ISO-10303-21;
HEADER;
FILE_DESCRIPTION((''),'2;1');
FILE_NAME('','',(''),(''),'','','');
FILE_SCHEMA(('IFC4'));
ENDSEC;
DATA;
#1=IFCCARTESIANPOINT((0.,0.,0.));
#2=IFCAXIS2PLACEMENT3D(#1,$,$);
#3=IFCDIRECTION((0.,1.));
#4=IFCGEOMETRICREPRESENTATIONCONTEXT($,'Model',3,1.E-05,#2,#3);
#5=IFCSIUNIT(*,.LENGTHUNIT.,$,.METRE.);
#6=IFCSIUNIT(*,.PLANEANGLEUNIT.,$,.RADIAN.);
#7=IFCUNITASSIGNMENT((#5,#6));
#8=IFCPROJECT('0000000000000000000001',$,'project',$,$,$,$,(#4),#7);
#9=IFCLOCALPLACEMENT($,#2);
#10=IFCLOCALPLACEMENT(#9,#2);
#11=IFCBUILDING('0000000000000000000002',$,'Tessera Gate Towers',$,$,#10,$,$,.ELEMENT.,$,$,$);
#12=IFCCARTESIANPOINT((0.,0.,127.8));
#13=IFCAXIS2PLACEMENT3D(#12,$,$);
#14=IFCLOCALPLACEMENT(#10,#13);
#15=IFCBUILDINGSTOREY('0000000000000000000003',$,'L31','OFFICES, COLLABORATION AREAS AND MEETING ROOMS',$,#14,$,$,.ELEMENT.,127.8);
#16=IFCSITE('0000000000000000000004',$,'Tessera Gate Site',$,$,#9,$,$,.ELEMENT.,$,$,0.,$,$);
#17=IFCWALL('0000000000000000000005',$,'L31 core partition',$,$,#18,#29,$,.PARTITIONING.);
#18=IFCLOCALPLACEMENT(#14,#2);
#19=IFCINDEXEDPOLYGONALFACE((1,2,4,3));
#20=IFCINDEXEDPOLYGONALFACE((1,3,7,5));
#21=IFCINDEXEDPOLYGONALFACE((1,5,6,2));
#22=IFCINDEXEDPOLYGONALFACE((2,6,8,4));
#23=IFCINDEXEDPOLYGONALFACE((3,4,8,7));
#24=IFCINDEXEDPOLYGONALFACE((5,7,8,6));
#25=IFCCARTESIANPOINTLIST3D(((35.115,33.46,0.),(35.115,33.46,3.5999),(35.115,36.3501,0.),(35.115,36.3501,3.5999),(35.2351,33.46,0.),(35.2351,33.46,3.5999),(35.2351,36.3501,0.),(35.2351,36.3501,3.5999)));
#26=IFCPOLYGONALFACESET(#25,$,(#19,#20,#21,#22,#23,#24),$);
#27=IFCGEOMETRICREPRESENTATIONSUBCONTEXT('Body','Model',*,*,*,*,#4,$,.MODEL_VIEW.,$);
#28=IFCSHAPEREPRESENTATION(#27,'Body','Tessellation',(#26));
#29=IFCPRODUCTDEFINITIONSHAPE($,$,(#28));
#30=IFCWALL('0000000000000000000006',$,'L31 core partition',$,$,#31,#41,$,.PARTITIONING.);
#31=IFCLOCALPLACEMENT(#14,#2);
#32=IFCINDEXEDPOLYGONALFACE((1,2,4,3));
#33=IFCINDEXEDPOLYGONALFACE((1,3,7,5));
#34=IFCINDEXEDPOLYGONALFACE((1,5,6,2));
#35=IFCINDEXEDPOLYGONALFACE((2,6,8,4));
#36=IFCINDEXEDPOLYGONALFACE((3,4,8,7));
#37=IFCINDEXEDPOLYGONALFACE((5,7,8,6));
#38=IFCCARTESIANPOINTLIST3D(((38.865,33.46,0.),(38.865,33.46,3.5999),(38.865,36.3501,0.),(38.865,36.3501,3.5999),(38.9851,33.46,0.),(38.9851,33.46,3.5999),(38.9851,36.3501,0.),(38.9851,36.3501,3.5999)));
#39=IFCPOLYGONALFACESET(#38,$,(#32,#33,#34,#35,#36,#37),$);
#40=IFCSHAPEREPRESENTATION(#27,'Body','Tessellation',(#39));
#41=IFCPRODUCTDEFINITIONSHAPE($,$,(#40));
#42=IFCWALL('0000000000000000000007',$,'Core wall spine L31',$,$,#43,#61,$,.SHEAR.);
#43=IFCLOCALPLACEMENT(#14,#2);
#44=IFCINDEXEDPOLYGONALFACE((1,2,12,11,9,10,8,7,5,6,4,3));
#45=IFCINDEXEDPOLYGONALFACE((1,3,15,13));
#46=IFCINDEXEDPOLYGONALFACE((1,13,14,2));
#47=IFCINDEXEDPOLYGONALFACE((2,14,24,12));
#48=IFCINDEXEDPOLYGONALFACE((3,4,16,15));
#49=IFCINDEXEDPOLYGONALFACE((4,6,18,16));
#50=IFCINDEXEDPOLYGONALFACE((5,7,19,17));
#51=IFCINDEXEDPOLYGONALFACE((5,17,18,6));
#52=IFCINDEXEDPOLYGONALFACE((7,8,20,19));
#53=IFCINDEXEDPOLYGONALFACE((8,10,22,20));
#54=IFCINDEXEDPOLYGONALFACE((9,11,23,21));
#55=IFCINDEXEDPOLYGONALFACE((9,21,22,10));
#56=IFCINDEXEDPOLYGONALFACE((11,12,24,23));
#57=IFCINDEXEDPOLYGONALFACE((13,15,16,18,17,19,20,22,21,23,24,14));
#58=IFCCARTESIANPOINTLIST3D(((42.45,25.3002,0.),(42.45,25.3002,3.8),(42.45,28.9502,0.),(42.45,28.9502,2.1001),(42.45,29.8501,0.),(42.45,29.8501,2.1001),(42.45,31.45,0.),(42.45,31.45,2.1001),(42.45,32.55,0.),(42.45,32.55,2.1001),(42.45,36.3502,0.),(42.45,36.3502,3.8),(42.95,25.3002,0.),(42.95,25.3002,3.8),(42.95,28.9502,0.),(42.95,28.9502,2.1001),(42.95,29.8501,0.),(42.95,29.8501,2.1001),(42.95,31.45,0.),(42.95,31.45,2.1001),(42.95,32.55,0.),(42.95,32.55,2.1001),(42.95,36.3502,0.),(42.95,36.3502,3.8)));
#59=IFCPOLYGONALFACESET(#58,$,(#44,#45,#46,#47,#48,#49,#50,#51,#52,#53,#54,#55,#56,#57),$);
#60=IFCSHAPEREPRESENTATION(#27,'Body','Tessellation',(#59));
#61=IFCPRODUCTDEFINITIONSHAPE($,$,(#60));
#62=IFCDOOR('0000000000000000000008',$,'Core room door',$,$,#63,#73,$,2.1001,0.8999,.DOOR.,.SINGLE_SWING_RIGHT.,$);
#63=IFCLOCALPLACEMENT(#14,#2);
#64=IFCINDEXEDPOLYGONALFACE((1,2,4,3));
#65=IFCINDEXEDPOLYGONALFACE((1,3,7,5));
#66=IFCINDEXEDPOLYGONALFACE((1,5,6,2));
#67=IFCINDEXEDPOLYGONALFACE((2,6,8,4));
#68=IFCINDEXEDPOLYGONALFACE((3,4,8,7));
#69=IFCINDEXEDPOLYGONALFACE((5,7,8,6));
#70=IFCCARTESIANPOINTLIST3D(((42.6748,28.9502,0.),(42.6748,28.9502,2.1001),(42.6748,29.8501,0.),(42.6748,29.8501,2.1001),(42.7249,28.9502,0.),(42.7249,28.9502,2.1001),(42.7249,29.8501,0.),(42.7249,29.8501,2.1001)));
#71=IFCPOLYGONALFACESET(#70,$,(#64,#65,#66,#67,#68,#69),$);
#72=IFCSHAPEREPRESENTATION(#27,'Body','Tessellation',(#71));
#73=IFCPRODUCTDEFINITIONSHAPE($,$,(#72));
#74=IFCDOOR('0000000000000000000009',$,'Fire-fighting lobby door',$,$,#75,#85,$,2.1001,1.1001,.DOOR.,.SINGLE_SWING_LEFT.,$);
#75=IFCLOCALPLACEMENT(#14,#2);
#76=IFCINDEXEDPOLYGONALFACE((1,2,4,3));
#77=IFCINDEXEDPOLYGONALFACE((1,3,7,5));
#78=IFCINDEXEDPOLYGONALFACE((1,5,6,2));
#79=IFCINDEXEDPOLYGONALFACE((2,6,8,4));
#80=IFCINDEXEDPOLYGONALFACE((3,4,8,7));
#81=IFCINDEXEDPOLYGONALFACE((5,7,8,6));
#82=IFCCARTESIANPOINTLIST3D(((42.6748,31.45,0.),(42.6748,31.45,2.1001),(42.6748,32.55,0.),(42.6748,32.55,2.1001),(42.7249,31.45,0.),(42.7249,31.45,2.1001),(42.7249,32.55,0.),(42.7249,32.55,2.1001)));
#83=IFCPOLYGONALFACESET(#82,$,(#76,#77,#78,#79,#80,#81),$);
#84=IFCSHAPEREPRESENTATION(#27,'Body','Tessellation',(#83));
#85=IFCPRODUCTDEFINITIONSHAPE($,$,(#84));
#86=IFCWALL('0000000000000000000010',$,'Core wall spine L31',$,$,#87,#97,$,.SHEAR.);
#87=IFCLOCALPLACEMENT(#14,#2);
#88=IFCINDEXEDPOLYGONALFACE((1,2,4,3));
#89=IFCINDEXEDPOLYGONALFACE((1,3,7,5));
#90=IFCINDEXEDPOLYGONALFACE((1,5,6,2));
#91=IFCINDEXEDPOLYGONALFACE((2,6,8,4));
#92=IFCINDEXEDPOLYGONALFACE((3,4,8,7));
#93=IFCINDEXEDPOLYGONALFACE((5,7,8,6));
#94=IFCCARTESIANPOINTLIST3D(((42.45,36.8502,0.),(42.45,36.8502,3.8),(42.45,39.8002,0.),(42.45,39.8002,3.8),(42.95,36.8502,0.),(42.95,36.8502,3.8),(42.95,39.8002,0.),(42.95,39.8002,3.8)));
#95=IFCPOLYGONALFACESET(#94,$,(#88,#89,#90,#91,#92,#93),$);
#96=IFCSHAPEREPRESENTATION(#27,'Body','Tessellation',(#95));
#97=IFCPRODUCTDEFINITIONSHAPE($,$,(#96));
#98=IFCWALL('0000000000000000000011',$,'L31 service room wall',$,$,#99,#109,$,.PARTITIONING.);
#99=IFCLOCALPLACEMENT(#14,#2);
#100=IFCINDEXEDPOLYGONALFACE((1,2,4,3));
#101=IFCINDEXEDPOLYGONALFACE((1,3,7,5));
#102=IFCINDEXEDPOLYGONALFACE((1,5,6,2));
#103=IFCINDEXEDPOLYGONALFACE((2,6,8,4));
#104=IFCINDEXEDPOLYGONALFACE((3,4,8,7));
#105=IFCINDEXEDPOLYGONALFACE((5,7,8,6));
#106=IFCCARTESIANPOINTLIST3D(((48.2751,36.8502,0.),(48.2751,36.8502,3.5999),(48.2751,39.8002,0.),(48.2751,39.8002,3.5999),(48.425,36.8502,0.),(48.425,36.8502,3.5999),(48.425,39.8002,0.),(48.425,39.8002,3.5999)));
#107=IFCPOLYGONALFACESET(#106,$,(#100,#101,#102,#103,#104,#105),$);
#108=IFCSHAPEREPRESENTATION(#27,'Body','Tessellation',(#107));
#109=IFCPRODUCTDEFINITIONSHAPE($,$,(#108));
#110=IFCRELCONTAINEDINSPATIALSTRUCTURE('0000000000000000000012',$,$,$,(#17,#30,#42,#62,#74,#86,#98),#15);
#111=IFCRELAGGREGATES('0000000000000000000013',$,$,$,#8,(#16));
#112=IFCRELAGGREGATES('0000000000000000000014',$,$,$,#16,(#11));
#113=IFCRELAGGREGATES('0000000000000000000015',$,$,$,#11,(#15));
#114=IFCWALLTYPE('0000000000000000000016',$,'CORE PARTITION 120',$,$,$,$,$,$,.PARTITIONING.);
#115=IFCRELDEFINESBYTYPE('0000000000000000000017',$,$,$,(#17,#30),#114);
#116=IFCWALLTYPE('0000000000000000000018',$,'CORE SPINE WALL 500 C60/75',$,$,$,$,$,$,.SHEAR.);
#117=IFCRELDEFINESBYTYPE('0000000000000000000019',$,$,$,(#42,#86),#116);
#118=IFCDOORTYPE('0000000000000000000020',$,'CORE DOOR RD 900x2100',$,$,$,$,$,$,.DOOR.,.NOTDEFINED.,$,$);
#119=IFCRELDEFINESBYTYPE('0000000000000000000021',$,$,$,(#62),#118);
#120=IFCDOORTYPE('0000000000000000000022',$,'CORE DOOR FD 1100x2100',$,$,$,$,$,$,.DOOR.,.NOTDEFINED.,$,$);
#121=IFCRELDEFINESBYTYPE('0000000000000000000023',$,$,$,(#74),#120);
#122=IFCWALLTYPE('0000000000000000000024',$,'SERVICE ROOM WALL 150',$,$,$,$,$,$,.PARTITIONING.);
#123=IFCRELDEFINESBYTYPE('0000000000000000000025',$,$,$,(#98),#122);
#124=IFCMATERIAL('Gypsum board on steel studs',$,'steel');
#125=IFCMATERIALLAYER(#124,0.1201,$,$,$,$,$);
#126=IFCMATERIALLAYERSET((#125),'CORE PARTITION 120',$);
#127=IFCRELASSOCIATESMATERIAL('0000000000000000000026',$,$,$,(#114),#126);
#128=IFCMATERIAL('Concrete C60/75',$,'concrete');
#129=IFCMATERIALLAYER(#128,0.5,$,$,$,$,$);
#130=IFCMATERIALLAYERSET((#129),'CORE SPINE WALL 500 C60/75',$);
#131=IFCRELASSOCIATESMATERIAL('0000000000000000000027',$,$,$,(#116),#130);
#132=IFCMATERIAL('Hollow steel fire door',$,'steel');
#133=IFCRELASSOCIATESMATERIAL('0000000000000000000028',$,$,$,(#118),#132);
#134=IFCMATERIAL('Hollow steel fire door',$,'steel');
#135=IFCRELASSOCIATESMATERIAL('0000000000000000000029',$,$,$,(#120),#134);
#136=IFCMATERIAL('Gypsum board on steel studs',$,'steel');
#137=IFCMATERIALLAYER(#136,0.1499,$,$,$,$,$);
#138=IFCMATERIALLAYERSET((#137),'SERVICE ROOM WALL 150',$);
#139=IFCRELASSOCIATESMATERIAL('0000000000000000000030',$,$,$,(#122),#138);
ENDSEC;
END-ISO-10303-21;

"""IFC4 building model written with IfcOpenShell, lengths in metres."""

from ifc_helpers import new_model, si_unit, direction, frame, frame_2d, origin, place, context, subcontext, project, spatial, rectangle, extrude, source, transform, mapped, material, layer, layer_set, type_object, element, fill, save


model = new_model("IFC4")

# Units and contexts
model_context = context("Model", 3, precision=1e-05, world=origin(), true_north=direction((0.0, 1.0)))
body_context = subcontext(model_context, "Body", "Model", "MODEL_VIEW")
ifc_project = project(units=[si_unit("LENGTHUNIT", "METRE"), si_unit("PLANEANGLEUNIT", "RADIAN")], contexts=[model_context])

# Site, building, storey
site_placement = place(None, origin())
site = spatial("IfcSite", under=ifc_project, at=site_placement, Name="Tessera Gate Site", CompositionType="ELEMENT", RefElevation=0.0)
building_placement = place(site_placement, origin())
building = spatial("IfcBuilding", under=site, at=building_placement, Name="Tessera Gate Towers", CompositionType="ELEMENT")
storey_placement = place(building_placement, frame((0.0, 0.0, 127.8)))
storey = spatial("IfcBuildingStorey", under=building, at=storey_placement, Name="L31", Description="OFFICES, COLLABORATION AREAS AND MEETING ROOMS", CompositionType="ELEMENT", Elevation=127.8)

# Walls
ifc_material_1 = material(Name="Gypsum board on steel studs", Category="steel")
ifc_layer_1 = layer(ifc_material_1, 0.1201)
ifc_layer_set_1 = layer_set([ifc_layer_1], Name="CORE PARTITION 120")
wall_type_1 = type_object("IfcWallType", Name="CORE PARTITION 120", PredefinedType="PARTITIONING", material=ifc_layer_set_1)
for number, where, z_axis, x_axis, name in (
    (1, (35.175, 33.46, 0.0), (0.0, 0.0, 1.0), (0.0, 1.0, 0.0), "L31 core partition"),
    (2, (38.925, 33.46, 0.0), (0.0, 0.0, 1.0), (0.0, 1.0, 0.0), "L31 core partition"),
):
    element("IfcWall", number, at=place(storey_placement, frame(where, z_axis=z_axis, x_axis=x_axis)), inside=storey, type_object=wall_type_1, Name=name, PredefinedType="PARTITIONING", context=body_context, shape_type="SweptSolid", body=[
        extrude(rectangle(XDim=2.8901, YDim=0.1201, at=frame_2d((1.4451, 0.0))), origin(), (0.0, 0.0, 1.0), 3.5999),
    ])

# Wall, openings, doors
ifc_material_2 = material(Name="Concrete C60/75", Category="concrete")
ifc_layer_2 = layer(ifc_material_2, 0.5)
ifc_layer_set_2 = layer_set([ifc_layer_2], Name="CORE SPINE WALL 500 C60/75")
wall_type_2 = type_object("IfcWallType", Name="CORE SPINE WALL 500 C60/75", PredefinedType="SHEAR", material=ifc_layer_set_2)
wall_1_placement = place(storey_placement, frame((42.7, 36.3501, 0.0), z_axis=(0.0, 0.0, 1.0), x_axis=(0.0, -1.0, 0.0)))
wall_1 = element("IfcWall", 3, at=wall_1_placement, inside=storey, type_object=wall_type_2, Name="Core wall spine L31", PredefinedType="SHEAR", context=body_context, shape_type="SweptSolid", body=[
    extrude(rectangle(XDim=11.05, YDim=0.5, at=frame_2d((5.5249, 0.0))), origin(), (0.0, 0.0, 1.0), 3.8),
])
shared_shape_1 = source(origin(), body_context, "Body", "SweptSolid", [
    extrude(rectangle(XDim=0.8999, YDim=2.1001, at=frame_2d((0.45, 1.05))), frame((0.0, 0.26, 0.0), z_axis=(0.0, -1.0, 0.0), x_axis=(1.0, 0.0, 0.0)), (0.0, 0.0, 1.0), 0.52),
])
opening_1_placement = place(wall_1_placement, frame((6.5, 0.0, 0.0)))
opening_1 = element("IfcOpeningElement", 4, at=opening_1_placement, cuts=wall_1, PredefinedType="OPENING", context=body_context, shape_type="MappedRepresentation", body=[
    mapped(shared_shape_1, transform((0.0, 0.0, 0.0), scale=1.0)),
])
shared_shape_2 = source(origin(), body_context, "Body", "SweptSolid", [
    extrude(rectangle(XDim=1.1001, YDim=2.1001, at=frame_2d((0.55, 1.05))), frame((0.0, 0.26, 0.0), z_axis=(0.0, -1.0, 0.0), x_axis=(1.0, 0.0, 0.0)), (0.0, 0.0, 1.0), 0.52),
])
opening_2_placement = place(wall_1_placement, frame((3.8, 0.0, 0.0)))
opening_2 = element("IfcOpeningElement", 5, at=opening_2_placement, cuts=wall_1, PredefinedType="OPENING", context=body_context, shape_type="MappedRepresentation", body=[
    mapped(shared_shape_2, transform((0.0, 0.0, 0.0), scale=1.0)),
])
ifc_material_3 = material(Name="Hollow steel fire door", Category="steel")
door_type_1 = type_object("IfcDoorType", Name="CORE DOOR RD 900x2100", OperationType="NOTDEFINED", PredefinedType="DOOR", material=ifc_material_3)
shared_shape_3 = source(origin(), body_context, "Body", "SweptSolid", [
    extrude(rectangle(XDim=0.8999, YDim=2.1001, at=frame_2d((0.45, 1.05))), frame((0.0, 0.0249, 0.0), z_axis=(0.0, -1.0, 0.0), x_axis=(1.0, 0.0, 0.0)), (0.0, 0.0, 1.0), 0.05),
])
door_1_placement = place(opening_1_placement, origin())
door_1 = element("IfcDoor", 6, at=door_1_placement, inside=storey, type_object=door_type_1, Name="Core room door", OperationType="SINGLE_SWING_RIGHT", OverallHeight=2.1001, OverallWidth=0.8999, PredefinedType="DOOR", context=body_context, shape_type="MappedRepresentation", body=[
    mapped(shared_shape_3, transform((0.0, 0.0, 0.0), scale=1.0)),
])
fill(opening_1, door_1)
ifc_material_4 = material(Name="Hollow steel fire door", Category="steel")
door_type_2 = type_object("IfcDoorType", Name="CORE DOOR FD 1100x2100", OperationType="NOTDEFINED", PredefinedType="DOOR", material=ifc_material_4)
shared_shape_4 = source(origin(), body_context, "Body", "SweptSolid", [
    extrude(rectangle(XDim=1.1001, YDim=2.1001, at=frame_2d((0.55, 1.05))), frame((0.0, 0.0249, 0.0), z_axis=(0.0, -1.0, 0.0), x_axis=(1.0, 0.0, 0.0)), (0.0, 0.0, 1.0), 0.05),
])
door_2_placement = place(opening_2_placement, origin())
door_2 = element("IfcDoor", 7, at=door_2_placement, inside=storey, type_object=door_type_2, Name="Fire-fighting lobby door", OperationType="SINGLE_SWING_LEFT", OverallHeight=2.1001, OverallWidth=1.1001, PredefinedType="DOOR", context=body_context, shape_type="MappedRepresentation", body=[
    mapped(shared_shape_4, transform((0.0, 0.0, 0.0), scale=1.0)),
])
fill(opening_2, door_2)

# Walls
wall_2_placement = place(storey_placement, frame((42.7, 36.8501, 0.0), z_axis=(0.0, 0.0, 1.0), x_axis=(0.0, 1.0, 0.0)))
element("IfcWall", 8, at=wall_2_placement, inside=storey, type_object=wall_type_2, Name="Core wall spine L31", PredefinedType="SHEAR", context=body_context, shape_type="SweptSolid", body=[
    extrude(rectangle(XDim=2.95, YDim=0.5, at=frame_2d((1.4751, 0.0))), origin(), (0.0, 0.0, 1.0), 3.8),
])
ifc_material_5 = material(Name="Gypsum board on steel studs", Category="steel")
ifc_layer_3 = layer(ifc_material_5, 0.1499)
ifc_layer_set_3 = layer_set([ifc_layer_3], Name="SERVICE ROOM WALL 150")
wall_type_3 = type_object("IfcWallType", Name="SERVICE ROOM WALL 150", PredefinedType="PARTITIONING", material=ifc_layer_set_3)
wall_3_placement = place(storey_placement, frame((48.3501, 36.8501, 0.0), z_axis=(0.0, 0.0, 1.0), x_axis=(0.0, 1.0, 0.0)))
element("IfcWall", 9, at=wall_3_placement, inside=storey, type_object=wall_type_3, Name="L31 service room wall", PredefinedType="PARTITIONING", context=body_context, shape_type="SweptSolid", body=[
    extrude(rectangle(XDim=2.95, YDim=0.1499, at=frame_2d((1.4751, 0.0))), origin(), (0.0, 0.0, 1.0), 3.5999),
])

save(model, "model.ifc")
